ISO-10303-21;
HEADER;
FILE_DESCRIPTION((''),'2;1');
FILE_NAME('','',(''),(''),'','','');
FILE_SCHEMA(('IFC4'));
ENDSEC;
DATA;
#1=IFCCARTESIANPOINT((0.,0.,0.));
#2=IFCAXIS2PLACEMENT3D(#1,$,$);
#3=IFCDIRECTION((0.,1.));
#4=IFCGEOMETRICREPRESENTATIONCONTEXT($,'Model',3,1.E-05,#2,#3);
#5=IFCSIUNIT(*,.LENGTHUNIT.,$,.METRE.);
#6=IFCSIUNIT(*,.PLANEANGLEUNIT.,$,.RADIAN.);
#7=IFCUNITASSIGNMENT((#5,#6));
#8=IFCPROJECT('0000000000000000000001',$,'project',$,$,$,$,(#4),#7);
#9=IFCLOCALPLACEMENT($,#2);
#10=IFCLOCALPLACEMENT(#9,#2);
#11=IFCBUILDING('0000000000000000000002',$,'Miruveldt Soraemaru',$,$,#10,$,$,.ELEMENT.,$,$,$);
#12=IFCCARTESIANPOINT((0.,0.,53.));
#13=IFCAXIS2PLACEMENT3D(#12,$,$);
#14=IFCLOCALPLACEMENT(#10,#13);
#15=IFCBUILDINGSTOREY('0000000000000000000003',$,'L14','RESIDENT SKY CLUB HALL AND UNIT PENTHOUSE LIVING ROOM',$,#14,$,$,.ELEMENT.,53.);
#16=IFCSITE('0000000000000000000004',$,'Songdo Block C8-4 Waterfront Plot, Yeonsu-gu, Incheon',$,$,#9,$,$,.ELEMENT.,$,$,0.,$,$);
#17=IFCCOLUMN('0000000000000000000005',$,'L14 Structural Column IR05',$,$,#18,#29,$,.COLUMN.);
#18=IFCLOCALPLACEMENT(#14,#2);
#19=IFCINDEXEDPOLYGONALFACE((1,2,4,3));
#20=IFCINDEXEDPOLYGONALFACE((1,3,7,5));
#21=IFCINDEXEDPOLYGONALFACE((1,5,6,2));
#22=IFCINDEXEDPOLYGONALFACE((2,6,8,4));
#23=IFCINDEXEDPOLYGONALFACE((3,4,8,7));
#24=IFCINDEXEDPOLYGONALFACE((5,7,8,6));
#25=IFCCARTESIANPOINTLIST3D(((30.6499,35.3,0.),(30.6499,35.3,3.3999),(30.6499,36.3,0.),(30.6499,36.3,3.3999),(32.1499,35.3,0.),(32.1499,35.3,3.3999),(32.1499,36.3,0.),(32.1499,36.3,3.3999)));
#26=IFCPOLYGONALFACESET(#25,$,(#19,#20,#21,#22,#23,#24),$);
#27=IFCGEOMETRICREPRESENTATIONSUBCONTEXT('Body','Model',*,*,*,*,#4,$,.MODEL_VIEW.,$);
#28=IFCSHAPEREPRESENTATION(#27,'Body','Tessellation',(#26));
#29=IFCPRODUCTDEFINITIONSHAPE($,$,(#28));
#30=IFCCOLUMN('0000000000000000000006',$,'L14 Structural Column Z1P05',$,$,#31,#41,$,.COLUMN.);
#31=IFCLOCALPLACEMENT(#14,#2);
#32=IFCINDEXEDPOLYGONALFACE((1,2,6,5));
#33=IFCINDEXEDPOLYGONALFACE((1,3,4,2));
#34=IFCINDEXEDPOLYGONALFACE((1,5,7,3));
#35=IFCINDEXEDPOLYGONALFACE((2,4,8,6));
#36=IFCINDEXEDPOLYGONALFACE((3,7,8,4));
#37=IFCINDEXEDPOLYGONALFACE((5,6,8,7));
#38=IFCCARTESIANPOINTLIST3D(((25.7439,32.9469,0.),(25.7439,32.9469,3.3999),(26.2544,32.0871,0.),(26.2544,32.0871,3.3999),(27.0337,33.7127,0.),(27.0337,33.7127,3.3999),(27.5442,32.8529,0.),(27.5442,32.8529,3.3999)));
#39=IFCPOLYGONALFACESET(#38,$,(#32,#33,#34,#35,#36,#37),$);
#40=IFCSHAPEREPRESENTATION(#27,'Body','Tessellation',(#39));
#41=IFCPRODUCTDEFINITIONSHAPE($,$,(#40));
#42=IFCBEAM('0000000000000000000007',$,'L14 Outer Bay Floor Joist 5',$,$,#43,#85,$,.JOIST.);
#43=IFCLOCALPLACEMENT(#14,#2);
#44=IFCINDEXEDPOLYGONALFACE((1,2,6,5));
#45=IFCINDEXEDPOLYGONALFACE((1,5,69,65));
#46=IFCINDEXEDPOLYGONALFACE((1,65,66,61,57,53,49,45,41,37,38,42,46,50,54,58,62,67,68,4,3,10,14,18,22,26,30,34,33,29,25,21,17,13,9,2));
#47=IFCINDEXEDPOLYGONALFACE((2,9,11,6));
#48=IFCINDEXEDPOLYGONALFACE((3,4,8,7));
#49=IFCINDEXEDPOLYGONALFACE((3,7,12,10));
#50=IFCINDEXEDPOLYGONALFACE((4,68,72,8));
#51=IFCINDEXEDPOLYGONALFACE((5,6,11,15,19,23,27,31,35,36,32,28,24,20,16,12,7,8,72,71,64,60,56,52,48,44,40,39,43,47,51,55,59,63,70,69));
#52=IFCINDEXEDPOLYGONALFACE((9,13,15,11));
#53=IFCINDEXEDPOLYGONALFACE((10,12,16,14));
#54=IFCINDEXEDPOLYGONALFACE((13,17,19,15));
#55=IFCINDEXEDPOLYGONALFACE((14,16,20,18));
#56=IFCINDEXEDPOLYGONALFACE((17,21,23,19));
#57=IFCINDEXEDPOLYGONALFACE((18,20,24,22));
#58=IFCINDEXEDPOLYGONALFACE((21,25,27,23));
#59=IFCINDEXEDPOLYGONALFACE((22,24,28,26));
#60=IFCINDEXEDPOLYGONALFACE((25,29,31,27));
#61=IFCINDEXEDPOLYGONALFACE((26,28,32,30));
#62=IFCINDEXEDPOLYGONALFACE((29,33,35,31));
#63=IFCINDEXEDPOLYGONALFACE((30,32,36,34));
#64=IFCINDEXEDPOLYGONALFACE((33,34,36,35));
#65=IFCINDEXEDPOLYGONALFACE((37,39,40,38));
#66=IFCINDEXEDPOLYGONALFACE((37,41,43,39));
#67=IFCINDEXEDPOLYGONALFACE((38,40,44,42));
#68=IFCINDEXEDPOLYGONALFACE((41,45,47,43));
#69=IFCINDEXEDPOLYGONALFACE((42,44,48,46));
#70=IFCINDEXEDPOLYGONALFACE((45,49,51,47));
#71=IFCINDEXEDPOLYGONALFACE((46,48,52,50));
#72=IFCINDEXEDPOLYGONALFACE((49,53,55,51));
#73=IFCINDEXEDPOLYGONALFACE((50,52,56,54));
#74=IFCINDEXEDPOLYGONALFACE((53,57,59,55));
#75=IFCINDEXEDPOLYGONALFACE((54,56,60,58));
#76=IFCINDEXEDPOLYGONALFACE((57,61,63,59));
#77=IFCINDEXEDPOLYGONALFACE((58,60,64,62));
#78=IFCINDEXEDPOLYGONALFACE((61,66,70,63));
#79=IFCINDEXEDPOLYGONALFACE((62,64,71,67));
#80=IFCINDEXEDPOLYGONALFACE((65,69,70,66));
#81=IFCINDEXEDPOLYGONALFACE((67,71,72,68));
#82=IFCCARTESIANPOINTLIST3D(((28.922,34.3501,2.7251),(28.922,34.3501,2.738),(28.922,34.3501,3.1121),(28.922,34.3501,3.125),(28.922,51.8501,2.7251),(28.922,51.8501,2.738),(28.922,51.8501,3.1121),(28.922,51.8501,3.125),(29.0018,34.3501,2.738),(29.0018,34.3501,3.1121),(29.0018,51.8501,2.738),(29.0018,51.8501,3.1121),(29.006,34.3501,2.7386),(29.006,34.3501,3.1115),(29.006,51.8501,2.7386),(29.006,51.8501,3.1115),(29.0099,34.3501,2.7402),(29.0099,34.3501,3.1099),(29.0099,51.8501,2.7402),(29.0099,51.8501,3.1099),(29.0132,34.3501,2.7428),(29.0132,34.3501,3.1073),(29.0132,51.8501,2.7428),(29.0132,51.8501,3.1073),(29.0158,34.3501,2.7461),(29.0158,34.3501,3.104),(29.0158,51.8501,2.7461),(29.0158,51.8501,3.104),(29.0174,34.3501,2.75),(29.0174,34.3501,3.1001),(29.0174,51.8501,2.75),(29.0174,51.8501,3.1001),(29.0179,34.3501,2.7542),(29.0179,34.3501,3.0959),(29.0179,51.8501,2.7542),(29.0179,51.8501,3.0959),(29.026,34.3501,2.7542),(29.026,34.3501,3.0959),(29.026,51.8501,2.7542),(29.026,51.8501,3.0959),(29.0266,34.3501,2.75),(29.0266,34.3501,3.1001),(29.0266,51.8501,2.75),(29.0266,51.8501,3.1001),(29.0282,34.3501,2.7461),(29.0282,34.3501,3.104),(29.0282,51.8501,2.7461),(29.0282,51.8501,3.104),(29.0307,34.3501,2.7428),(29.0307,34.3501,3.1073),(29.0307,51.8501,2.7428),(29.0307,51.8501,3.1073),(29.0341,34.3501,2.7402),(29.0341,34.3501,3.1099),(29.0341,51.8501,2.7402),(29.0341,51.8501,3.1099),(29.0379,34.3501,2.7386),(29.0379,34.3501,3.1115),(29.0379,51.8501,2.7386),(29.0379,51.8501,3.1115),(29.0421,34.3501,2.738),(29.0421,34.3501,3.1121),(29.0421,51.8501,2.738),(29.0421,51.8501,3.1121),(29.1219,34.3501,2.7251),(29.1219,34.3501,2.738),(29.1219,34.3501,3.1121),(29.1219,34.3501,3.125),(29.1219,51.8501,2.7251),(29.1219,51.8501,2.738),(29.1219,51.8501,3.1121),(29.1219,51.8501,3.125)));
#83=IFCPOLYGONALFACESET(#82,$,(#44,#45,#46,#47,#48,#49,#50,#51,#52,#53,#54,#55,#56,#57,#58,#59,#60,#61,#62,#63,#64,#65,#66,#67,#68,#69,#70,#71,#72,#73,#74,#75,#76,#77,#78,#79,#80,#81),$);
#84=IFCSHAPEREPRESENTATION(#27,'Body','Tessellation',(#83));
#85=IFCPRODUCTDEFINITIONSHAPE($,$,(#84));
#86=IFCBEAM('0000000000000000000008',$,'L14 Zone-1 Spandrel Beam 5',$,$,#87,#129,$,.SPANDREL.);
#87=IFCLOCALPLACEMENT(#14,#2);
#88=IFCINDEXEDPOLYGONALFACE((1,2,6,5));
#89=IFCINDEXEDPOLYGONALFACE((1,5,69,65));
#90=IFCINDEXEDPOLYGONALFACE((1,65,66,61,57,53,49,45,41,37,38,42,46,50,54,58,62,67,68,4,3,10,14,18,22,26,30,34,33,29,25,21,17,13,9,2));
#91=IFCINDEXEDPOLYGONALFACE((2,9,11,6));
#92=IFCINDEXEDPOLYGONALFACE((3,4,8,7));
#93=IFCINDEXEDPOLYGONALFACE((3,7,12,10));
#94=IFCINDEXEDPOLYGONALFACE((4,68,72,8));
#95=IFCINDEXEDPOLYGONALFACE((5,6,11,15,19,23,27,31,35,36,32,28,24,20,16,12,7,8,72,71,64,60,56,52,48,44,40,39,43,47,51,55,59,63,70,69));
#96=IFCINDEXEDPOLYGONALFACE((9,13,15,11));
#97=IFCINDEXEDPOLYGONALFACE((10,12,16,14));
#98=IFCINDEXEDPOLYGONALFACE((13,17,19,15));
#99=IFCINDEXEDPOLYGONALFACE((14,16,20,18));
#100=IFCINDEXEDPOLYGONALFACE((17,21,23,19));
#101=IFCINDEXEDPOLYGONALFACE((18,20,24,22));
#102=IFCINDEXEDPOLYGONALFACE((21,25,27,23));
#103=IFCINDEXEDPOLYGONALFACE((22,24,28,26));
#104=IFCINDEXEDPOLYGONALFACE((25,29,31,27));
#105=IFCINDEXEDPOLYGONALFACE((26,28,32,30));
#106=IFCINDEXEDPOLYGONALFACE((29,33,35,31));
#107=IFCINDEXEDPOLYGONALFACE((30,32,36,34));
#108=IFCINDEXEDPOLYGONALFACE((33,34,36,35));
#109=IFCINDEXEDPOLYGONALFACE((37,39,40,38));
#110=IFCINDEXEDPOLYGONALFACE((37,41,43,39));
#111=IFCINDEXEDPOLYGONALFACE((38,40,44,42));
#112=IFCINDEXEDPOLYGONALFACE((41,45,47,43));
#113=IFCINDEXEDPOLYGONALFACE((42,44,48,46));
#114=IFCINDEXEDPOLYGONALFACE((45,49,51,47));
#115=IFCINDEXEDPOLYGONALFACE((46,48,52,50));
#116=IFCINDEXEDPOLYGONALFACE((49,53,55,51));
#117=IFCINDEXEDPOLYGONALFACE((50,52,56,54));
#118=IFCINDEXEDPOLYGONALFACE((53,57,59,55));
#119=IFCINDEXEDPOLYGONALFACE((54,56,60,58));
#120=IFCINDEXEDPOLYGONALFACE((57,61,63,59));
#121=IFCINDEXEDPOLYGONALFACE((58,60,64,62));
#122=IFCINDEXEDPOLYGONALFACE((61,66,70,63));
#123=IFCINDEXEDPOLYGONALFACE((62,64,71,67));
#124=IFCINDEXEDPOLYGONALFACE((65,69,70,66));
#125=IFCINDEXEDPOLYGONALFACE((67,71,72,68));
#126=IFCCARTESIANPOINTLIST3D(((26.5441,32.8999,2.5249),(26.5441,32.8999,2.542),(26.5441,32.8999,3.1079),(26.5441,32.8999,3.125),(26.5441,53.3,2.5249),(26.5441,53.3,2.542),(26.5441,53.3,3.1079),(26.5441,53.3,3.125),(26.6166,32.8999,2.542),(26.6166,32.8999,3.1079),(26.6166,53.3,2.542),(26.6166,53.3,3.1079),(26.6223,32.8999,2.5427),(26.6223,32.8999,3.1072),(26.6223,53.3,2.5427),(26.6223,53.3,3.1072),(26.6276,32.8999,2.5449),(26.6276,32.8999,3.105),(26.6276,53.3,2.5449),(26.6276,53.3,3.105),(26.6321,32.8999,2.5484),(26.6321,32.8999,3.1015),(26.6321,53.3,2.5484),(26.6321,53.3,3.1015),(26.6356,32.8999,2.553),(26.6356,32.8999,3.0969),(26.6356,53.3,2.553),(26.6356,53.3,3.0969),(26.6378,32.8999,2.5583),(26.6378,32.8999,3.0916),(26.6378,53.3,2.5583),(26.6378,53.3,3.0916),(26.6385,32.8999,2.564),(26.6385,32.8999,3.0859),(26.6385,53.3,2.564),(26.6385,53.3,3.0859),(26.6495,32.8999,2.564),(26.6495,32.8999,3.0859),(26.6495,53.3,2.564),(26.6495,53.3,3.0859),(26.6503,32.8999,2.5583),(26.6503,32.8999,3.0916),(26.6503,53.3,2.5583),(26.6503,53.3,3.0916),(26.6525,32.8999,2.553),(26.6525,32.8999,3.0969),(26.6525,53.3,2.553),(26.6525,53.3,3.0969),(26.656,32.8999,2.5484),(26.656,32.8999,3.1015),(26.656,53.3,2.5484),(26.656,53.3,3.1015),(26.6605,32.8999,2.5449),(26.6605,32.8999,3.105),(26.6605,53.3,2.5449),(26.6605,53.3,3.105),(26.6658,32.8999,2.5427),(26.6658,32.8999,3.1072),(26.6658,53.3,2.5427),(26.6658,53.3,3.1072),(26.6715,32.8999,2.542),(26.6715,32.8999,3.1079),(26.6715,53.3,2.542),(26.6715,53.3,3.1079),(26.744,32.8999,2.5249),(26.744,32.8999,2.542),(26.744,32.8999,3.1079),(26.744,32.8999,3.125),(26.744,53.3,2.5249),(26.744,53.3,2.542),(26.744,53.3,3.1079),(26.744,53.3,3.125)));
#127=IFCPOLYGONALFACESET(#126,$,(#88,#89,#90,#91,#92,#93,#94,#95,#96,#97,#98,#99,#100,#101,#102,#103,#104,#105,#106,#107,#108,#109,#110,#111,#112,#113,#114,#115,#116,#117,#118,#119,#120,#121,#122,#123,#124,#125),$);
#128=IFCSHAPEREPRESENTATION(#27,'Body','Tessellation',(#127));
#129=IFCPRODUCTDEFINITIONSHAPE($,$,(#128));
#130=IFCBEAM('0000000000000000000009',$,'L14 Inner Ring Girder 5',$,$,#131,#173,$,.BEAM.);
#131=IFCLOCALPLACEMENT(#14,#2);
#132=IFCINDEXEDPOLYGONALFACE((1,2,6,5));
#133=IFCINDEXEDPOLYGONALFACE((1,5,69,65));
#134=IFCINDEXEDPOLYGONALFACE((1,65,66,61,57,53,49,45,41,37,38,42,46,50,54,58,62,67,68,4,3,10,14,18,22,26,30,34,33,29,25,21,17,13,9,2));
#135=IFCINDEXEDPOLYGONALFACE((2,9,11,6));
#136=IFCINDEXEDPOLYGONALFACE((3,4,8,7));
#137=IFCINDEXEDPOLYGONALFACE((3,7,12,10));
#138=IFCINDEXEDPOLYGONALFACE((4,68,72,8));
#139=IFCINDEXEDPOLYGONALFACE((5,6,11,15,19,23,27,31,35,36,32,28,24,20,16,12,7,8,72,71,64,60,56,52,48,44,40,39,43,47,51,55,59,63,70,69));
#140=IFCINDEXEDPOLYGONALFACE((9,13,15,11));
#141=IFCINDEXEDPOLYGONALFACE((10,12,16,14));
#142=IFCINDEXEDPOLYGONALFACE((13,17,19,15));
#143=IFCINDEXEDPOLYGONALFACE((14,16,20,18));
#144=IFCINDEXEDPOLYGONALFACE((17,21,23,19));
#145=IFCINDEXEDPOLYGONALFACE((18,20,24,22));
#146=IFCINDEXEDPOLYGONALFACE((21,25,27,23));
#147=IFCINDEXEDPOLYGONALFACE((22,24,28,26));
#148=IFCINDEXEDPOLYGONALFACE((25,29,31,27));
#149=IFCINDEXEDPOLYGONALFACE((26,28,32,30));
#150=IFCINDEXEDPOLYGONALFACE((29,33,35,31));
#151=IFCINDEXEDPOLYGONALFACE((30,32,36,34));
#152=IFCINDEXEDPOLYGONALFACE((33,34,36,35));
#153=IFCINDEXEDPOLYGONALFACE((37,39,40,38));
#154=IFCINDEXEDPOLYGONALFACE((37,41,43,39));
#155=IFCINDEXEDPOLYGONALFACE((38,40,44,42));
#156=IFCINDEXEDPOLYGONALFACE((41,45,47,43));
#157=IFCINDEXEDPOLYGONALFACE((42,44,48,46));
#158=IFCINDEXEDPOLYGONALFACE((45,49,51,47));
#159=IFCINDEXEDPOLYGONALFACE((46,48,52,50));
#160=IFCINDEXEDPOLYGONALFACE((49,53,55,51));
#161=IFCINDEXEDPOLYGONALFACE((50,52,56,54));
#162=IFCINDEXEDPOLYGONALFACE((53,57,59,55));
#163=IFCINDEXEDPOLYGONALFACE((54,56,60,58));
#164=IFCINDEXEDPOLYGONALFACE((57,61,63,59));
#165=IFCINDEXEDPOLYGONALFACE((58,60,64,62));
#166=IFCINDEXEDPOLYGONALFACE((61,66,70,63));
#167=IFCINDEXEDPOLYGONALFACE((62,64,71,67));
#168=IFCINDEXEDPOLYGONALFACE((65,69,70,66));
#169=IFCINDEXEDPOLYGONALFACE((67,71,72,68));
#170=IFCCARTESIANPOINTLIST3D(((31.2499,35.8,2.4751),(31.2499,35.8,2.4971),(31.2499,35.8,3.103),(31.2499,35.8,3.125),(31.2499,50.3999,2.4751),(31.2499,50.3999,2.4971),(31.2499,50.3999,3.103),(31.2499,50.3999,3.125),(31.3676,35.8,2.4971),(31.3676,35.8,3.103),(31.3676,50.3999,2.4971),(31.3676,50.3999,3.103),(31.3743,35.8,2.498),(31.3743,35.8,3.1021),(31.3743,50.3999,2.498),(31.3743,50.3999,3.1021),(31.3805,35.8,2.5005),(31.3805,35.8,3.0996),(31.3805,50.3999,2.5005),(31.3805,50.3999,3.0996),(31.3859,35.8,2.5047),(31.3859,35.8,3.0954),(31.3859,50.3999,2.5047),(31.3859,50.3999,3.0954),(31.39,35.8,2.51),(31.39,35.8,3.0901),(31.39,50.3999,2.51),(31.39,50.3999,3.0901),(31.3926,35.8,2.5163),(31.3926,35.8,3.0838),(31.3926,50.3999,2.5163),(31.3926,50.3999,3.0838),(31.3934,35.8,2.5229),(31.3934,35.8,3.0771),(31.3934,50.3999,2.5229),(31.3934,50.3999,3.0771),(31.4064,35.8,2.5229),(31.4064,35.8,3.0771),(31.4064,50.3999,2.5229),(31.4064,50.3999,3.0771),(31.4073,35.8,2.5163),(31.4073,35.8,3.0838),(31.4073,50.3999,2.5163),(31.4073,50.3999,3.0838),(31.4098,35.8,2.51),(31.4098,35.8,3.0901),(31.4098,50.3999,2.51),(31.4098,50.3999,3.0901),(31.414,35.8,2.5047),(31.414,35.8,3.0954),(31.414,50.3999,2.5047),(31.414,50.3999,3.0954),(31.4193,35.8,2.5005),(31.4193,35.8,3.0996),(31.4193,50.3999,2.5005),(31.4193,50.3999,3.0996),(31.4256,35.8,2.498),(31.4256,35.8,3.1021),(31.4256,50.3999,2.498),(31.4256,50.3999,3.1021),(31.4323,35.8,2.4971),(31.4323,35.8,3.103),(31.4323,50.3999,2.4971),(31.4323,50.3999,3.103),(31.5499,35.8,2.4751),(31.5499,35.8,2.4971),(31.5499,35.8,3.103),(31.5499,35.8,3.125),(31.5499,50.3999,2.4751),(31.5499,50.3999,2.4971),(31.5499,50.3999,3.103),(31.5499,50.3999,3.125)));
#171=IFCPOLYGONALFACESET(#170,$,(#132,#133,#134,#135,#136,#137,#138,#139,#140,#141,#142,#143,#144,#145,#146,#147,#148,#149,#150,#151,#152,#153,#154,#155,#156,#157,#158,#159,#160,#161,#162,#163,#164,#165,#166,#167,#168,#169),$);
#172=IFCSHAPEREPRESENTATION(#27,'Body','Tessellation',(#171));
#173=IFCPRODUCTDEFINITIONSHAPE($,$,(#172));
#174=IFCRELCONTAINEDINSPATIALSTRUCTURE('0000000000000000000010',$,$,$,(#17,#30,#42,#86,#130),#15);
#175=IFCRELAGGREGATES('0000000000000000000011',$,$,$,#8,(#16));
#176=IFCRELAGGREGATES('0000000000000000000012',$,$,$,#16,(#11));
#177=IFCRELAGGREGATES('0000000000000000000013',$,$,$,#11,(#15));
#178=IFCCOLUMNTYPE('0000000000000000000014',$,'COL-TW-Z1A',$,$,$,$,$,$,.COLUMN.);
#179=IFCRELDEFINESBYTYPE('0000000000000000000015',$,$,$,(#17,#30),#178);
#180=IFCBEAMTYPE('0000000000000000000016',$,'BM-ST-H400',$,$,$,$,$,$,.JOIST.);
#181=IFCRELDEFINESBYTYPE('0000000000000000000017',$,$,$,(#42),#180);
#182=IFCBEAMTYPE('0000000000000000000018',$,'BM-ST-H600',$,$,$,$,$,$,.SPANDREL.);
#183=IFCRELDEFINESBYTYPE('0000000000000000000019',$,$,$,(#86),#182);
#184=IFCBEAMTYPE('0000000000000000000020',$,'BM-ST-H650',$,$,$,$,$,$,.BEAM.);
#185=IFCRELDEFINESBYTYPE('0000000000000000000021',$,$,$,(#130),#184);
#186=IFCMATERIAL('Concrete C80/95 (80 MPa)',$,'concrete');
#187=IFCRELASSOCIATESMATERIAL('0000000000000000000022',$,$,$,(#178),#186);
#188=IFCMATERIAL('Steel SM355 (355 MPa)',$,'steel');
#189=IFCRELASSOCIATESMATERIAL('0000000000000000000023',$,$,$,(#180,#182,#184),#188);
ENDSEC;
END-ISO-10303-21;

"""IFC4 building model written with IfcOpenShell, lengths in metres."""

from ifc_helpers import new_model, si_unit, direction, frame, origin, origin_2d, place, context, subcontext, project, spatial, rectangle, i_section, extrude, material, material_profile, profile_set, type_object, element, save


model = new_model("IFC4")

# Units and contexts
model_context = context("Model", 3, precision=1e-05, world=origin(), true_north=direction((0.0, 1.0)))
body_context = subcontext(model_context, "Body", "Model", "MODEL_VIEW")
ifc_project = project(units=[si_unit("LENGTHUNIT", "METRE"), si_unit("PLANEANGLEUNIT", "RADIAN")], contexts=[model_context])

# Site, building, storey
site_placement = place(None, origin())
site = spatial("IfcSite", under=ifc_project, at=site_placement, Name="Songdo Block C8-4 Waterfront Plot, Yeonsu-gu, Incheon", CompositionType="ELEMENT", RefElevation=0.0)
building_placement = place(site_placement, origin())
building = spatial("IfcBuilding", under=site, at=building_placement, Name="Miruveldt Soraemaru", CompositionType="ELEMENT")
storey_placement = place(building_placement, frame((0.0, 0.0, 53.0)))
storey = spatial("IfcBuildingStorey", under=building, at=storey_placement, Name="L14", Description="RESIDENT SKY CLUB HALL AND UNIT PENTHOUSE LIVING ROOM", CompositionType="ELEMENT", Elevation=53.0)

# Columns
ifc_material_1 = material(Name="Concrete C80/95 (80 MPa)", Category="concrete")
ifc_material_profile_1 = material_profile(ifc_material_1, rectangle(XDim=1.5, YDim=1.0, at=origin_2d()), Name="Concrete C80/95 (80 MPa)", Category="concrete")
ifc_profile_set_1 = profile_set([ifc_material_profile_1], Name="Concrete C80/95 (80 MPa)")
column_type = type_object("IfcColumnType", Name="COL-TW-Z1A", PredefinedType="COLUMN", material=ifc_profile_set_1)
for number, where, z_axis, x_axis, name in (
    (1, (31.3999, 35.8, 0.0), (0.0, 0.0, 1.0), (1.0, 0.0, 0.0), "L14 Structural Column IR05"),
    (2, (26.644, 32.8999, 0.0), (0.0, 0.0, 1.0), (0.859852, 0.510543, 0.0), "L14 Structural Column Z1P05"),
):
    element("IfcColumn", number, at=place(storey_placement, frame(where, z_axis=z_axis, x_axis=x_axis)), inside=storey, type_object=column_type, Name=name, PredefinedType="COLUMN", context=body_context, shape_type="SweptSolid", body=[
        extrude(rectangle(XDim=1.5, YDim=1.0, at=origin_2d()), origin(), (0.0, 0.0, 1.0), 3.3999),
    ])

# Beams
ifc_material_2 = material(Name="Steel SM355 (355 MPa)", Category="steel")
ifc_material_profile_2 = material_profile(ifc_material_2, i_section(OverallWidth=0.2, OverallDepth=0.3999, WebThickness=0.0081, FlangeThickness=0.0129, FilletRadius=0.0161, at=origin_2d()), Name="Steel SM355 (355 MPa)", Category="steel")
ifc_profile_set_2 = profile_set([ifc_material_profile_2], Name="Steel SM355 (355 MPa)")
beam_type_1 = type_object("IfcBeamType", Name="BM-ST-H400", PredefinedType="JOIST", material=ifc_profile_set_2)
beam_1_placement = place(storey_placement, frame((29.022, 34.3501, 2.925), z_axis=(0.0, 1.0, 0.0), x_axis=(-1.0, 0.0, 0.0)))
element("IfcBeam", 3, at=beam_1_placement, inside=storey, type_object=beam_type_1, Name="L14 Outer Bay Floor Joist 5", PredefinedType="JOIST", context=body_context, shape_type="SweptSolid", body=[
    extrude(i_section(OverallWidth=0.2, OverallDepth=0.3999, WebThickness=0.0081, FlangeThickness=0.0129, FilletRadius=0.0161, at=origin_2d()), origin(), (0.0, 0.0, 1.0), 17.5),
])
ifc_material_profile_3 = material_profile(ifc_material_2, i_section(OverallWidth=0.2, OverallDepth=0.6001, WebThickness=0.011, FlangeThickness=0.0171, FilletRadius=0.022, at=origin_2d()), Name="Steel SM355 (355 MPa)", Category="steel")
ifc_profile_set_3 = profile_set([ifc_material_profile_3], Name="Steel SM355 (355 MPa)")
beam_type_2 = type_object("IfcBeamType", Name="BM-ST-H600", PredefinedType="SPANDREL", material=ifc_profile_set_3)
beam_2_placement = place(storey_placement, frame((26.644, 32.8999, 2.825), z_axis=(0.0, 1.0, 0.0), x_axis=(-1.0, 0.0, 0.0)))
element("IfcBeam", 4, at=beam_2_placement, inside=storey, type_object=beam_type_2, Name="L14 Zone-1 Spandrel Beam 5", PredefinedType="SPANDREL", context=body_context, shape_type="SweptSolid", body=[
    extrude(i_section(OverallWidth=0.2, OverallDepth=0.6001, WebThickness=0.011, FlangeThickness=0.0171, FilletRadius=0.022, at=origin_2d()), origin(), (0.0, 0.0, 1.0), 20.4001),
])
ifc_material_profile_4 = material_profile(ifc_material_2, i_section(OverallWidth=0.3, OverallDepth=0.6499, WebThickness=0.0129, FlangeThickness=0.022, FilletRadius=0.0259, at=origin_2d()), Name="Steel SM355 (355 MPa)", Category="steel")
ifc_profile_set_4 = profile_set([ifc_material_profile_4], Name="Steel SM355 (355 MPa)")
beam_type_3 = type_object("IfcBeamType", Name="BM-ST-H650", PredefinedType="BEAM", material=ifc_profile_set_4)
beam_3_placement = place(storey_placement, frame((31.3999, 35.8, 2.8), z_axis=(0.0, 1.0, 0.0), x_axis=(-1.0, 0.0, 0.0)))
element("IfcBeam", 5, at=beam_3_placement, inside=storey, type_object=beam_type_3, Name="L14 Inner Ring Girder 5", PredefinedType="BEAM", context=body_context, shape_type="SweptSolid", body=[
    extrude(i_section(OverallWidth=0.3, OverallDepth=0.6499, WebThickness=0.0129, FlangeThickness=0.022, FilletRadius=0.0259, at=origin_2d()), origin(), (0.0, 0.0, 1.0), 14.5999),
])

save(model, "model.ifc")
